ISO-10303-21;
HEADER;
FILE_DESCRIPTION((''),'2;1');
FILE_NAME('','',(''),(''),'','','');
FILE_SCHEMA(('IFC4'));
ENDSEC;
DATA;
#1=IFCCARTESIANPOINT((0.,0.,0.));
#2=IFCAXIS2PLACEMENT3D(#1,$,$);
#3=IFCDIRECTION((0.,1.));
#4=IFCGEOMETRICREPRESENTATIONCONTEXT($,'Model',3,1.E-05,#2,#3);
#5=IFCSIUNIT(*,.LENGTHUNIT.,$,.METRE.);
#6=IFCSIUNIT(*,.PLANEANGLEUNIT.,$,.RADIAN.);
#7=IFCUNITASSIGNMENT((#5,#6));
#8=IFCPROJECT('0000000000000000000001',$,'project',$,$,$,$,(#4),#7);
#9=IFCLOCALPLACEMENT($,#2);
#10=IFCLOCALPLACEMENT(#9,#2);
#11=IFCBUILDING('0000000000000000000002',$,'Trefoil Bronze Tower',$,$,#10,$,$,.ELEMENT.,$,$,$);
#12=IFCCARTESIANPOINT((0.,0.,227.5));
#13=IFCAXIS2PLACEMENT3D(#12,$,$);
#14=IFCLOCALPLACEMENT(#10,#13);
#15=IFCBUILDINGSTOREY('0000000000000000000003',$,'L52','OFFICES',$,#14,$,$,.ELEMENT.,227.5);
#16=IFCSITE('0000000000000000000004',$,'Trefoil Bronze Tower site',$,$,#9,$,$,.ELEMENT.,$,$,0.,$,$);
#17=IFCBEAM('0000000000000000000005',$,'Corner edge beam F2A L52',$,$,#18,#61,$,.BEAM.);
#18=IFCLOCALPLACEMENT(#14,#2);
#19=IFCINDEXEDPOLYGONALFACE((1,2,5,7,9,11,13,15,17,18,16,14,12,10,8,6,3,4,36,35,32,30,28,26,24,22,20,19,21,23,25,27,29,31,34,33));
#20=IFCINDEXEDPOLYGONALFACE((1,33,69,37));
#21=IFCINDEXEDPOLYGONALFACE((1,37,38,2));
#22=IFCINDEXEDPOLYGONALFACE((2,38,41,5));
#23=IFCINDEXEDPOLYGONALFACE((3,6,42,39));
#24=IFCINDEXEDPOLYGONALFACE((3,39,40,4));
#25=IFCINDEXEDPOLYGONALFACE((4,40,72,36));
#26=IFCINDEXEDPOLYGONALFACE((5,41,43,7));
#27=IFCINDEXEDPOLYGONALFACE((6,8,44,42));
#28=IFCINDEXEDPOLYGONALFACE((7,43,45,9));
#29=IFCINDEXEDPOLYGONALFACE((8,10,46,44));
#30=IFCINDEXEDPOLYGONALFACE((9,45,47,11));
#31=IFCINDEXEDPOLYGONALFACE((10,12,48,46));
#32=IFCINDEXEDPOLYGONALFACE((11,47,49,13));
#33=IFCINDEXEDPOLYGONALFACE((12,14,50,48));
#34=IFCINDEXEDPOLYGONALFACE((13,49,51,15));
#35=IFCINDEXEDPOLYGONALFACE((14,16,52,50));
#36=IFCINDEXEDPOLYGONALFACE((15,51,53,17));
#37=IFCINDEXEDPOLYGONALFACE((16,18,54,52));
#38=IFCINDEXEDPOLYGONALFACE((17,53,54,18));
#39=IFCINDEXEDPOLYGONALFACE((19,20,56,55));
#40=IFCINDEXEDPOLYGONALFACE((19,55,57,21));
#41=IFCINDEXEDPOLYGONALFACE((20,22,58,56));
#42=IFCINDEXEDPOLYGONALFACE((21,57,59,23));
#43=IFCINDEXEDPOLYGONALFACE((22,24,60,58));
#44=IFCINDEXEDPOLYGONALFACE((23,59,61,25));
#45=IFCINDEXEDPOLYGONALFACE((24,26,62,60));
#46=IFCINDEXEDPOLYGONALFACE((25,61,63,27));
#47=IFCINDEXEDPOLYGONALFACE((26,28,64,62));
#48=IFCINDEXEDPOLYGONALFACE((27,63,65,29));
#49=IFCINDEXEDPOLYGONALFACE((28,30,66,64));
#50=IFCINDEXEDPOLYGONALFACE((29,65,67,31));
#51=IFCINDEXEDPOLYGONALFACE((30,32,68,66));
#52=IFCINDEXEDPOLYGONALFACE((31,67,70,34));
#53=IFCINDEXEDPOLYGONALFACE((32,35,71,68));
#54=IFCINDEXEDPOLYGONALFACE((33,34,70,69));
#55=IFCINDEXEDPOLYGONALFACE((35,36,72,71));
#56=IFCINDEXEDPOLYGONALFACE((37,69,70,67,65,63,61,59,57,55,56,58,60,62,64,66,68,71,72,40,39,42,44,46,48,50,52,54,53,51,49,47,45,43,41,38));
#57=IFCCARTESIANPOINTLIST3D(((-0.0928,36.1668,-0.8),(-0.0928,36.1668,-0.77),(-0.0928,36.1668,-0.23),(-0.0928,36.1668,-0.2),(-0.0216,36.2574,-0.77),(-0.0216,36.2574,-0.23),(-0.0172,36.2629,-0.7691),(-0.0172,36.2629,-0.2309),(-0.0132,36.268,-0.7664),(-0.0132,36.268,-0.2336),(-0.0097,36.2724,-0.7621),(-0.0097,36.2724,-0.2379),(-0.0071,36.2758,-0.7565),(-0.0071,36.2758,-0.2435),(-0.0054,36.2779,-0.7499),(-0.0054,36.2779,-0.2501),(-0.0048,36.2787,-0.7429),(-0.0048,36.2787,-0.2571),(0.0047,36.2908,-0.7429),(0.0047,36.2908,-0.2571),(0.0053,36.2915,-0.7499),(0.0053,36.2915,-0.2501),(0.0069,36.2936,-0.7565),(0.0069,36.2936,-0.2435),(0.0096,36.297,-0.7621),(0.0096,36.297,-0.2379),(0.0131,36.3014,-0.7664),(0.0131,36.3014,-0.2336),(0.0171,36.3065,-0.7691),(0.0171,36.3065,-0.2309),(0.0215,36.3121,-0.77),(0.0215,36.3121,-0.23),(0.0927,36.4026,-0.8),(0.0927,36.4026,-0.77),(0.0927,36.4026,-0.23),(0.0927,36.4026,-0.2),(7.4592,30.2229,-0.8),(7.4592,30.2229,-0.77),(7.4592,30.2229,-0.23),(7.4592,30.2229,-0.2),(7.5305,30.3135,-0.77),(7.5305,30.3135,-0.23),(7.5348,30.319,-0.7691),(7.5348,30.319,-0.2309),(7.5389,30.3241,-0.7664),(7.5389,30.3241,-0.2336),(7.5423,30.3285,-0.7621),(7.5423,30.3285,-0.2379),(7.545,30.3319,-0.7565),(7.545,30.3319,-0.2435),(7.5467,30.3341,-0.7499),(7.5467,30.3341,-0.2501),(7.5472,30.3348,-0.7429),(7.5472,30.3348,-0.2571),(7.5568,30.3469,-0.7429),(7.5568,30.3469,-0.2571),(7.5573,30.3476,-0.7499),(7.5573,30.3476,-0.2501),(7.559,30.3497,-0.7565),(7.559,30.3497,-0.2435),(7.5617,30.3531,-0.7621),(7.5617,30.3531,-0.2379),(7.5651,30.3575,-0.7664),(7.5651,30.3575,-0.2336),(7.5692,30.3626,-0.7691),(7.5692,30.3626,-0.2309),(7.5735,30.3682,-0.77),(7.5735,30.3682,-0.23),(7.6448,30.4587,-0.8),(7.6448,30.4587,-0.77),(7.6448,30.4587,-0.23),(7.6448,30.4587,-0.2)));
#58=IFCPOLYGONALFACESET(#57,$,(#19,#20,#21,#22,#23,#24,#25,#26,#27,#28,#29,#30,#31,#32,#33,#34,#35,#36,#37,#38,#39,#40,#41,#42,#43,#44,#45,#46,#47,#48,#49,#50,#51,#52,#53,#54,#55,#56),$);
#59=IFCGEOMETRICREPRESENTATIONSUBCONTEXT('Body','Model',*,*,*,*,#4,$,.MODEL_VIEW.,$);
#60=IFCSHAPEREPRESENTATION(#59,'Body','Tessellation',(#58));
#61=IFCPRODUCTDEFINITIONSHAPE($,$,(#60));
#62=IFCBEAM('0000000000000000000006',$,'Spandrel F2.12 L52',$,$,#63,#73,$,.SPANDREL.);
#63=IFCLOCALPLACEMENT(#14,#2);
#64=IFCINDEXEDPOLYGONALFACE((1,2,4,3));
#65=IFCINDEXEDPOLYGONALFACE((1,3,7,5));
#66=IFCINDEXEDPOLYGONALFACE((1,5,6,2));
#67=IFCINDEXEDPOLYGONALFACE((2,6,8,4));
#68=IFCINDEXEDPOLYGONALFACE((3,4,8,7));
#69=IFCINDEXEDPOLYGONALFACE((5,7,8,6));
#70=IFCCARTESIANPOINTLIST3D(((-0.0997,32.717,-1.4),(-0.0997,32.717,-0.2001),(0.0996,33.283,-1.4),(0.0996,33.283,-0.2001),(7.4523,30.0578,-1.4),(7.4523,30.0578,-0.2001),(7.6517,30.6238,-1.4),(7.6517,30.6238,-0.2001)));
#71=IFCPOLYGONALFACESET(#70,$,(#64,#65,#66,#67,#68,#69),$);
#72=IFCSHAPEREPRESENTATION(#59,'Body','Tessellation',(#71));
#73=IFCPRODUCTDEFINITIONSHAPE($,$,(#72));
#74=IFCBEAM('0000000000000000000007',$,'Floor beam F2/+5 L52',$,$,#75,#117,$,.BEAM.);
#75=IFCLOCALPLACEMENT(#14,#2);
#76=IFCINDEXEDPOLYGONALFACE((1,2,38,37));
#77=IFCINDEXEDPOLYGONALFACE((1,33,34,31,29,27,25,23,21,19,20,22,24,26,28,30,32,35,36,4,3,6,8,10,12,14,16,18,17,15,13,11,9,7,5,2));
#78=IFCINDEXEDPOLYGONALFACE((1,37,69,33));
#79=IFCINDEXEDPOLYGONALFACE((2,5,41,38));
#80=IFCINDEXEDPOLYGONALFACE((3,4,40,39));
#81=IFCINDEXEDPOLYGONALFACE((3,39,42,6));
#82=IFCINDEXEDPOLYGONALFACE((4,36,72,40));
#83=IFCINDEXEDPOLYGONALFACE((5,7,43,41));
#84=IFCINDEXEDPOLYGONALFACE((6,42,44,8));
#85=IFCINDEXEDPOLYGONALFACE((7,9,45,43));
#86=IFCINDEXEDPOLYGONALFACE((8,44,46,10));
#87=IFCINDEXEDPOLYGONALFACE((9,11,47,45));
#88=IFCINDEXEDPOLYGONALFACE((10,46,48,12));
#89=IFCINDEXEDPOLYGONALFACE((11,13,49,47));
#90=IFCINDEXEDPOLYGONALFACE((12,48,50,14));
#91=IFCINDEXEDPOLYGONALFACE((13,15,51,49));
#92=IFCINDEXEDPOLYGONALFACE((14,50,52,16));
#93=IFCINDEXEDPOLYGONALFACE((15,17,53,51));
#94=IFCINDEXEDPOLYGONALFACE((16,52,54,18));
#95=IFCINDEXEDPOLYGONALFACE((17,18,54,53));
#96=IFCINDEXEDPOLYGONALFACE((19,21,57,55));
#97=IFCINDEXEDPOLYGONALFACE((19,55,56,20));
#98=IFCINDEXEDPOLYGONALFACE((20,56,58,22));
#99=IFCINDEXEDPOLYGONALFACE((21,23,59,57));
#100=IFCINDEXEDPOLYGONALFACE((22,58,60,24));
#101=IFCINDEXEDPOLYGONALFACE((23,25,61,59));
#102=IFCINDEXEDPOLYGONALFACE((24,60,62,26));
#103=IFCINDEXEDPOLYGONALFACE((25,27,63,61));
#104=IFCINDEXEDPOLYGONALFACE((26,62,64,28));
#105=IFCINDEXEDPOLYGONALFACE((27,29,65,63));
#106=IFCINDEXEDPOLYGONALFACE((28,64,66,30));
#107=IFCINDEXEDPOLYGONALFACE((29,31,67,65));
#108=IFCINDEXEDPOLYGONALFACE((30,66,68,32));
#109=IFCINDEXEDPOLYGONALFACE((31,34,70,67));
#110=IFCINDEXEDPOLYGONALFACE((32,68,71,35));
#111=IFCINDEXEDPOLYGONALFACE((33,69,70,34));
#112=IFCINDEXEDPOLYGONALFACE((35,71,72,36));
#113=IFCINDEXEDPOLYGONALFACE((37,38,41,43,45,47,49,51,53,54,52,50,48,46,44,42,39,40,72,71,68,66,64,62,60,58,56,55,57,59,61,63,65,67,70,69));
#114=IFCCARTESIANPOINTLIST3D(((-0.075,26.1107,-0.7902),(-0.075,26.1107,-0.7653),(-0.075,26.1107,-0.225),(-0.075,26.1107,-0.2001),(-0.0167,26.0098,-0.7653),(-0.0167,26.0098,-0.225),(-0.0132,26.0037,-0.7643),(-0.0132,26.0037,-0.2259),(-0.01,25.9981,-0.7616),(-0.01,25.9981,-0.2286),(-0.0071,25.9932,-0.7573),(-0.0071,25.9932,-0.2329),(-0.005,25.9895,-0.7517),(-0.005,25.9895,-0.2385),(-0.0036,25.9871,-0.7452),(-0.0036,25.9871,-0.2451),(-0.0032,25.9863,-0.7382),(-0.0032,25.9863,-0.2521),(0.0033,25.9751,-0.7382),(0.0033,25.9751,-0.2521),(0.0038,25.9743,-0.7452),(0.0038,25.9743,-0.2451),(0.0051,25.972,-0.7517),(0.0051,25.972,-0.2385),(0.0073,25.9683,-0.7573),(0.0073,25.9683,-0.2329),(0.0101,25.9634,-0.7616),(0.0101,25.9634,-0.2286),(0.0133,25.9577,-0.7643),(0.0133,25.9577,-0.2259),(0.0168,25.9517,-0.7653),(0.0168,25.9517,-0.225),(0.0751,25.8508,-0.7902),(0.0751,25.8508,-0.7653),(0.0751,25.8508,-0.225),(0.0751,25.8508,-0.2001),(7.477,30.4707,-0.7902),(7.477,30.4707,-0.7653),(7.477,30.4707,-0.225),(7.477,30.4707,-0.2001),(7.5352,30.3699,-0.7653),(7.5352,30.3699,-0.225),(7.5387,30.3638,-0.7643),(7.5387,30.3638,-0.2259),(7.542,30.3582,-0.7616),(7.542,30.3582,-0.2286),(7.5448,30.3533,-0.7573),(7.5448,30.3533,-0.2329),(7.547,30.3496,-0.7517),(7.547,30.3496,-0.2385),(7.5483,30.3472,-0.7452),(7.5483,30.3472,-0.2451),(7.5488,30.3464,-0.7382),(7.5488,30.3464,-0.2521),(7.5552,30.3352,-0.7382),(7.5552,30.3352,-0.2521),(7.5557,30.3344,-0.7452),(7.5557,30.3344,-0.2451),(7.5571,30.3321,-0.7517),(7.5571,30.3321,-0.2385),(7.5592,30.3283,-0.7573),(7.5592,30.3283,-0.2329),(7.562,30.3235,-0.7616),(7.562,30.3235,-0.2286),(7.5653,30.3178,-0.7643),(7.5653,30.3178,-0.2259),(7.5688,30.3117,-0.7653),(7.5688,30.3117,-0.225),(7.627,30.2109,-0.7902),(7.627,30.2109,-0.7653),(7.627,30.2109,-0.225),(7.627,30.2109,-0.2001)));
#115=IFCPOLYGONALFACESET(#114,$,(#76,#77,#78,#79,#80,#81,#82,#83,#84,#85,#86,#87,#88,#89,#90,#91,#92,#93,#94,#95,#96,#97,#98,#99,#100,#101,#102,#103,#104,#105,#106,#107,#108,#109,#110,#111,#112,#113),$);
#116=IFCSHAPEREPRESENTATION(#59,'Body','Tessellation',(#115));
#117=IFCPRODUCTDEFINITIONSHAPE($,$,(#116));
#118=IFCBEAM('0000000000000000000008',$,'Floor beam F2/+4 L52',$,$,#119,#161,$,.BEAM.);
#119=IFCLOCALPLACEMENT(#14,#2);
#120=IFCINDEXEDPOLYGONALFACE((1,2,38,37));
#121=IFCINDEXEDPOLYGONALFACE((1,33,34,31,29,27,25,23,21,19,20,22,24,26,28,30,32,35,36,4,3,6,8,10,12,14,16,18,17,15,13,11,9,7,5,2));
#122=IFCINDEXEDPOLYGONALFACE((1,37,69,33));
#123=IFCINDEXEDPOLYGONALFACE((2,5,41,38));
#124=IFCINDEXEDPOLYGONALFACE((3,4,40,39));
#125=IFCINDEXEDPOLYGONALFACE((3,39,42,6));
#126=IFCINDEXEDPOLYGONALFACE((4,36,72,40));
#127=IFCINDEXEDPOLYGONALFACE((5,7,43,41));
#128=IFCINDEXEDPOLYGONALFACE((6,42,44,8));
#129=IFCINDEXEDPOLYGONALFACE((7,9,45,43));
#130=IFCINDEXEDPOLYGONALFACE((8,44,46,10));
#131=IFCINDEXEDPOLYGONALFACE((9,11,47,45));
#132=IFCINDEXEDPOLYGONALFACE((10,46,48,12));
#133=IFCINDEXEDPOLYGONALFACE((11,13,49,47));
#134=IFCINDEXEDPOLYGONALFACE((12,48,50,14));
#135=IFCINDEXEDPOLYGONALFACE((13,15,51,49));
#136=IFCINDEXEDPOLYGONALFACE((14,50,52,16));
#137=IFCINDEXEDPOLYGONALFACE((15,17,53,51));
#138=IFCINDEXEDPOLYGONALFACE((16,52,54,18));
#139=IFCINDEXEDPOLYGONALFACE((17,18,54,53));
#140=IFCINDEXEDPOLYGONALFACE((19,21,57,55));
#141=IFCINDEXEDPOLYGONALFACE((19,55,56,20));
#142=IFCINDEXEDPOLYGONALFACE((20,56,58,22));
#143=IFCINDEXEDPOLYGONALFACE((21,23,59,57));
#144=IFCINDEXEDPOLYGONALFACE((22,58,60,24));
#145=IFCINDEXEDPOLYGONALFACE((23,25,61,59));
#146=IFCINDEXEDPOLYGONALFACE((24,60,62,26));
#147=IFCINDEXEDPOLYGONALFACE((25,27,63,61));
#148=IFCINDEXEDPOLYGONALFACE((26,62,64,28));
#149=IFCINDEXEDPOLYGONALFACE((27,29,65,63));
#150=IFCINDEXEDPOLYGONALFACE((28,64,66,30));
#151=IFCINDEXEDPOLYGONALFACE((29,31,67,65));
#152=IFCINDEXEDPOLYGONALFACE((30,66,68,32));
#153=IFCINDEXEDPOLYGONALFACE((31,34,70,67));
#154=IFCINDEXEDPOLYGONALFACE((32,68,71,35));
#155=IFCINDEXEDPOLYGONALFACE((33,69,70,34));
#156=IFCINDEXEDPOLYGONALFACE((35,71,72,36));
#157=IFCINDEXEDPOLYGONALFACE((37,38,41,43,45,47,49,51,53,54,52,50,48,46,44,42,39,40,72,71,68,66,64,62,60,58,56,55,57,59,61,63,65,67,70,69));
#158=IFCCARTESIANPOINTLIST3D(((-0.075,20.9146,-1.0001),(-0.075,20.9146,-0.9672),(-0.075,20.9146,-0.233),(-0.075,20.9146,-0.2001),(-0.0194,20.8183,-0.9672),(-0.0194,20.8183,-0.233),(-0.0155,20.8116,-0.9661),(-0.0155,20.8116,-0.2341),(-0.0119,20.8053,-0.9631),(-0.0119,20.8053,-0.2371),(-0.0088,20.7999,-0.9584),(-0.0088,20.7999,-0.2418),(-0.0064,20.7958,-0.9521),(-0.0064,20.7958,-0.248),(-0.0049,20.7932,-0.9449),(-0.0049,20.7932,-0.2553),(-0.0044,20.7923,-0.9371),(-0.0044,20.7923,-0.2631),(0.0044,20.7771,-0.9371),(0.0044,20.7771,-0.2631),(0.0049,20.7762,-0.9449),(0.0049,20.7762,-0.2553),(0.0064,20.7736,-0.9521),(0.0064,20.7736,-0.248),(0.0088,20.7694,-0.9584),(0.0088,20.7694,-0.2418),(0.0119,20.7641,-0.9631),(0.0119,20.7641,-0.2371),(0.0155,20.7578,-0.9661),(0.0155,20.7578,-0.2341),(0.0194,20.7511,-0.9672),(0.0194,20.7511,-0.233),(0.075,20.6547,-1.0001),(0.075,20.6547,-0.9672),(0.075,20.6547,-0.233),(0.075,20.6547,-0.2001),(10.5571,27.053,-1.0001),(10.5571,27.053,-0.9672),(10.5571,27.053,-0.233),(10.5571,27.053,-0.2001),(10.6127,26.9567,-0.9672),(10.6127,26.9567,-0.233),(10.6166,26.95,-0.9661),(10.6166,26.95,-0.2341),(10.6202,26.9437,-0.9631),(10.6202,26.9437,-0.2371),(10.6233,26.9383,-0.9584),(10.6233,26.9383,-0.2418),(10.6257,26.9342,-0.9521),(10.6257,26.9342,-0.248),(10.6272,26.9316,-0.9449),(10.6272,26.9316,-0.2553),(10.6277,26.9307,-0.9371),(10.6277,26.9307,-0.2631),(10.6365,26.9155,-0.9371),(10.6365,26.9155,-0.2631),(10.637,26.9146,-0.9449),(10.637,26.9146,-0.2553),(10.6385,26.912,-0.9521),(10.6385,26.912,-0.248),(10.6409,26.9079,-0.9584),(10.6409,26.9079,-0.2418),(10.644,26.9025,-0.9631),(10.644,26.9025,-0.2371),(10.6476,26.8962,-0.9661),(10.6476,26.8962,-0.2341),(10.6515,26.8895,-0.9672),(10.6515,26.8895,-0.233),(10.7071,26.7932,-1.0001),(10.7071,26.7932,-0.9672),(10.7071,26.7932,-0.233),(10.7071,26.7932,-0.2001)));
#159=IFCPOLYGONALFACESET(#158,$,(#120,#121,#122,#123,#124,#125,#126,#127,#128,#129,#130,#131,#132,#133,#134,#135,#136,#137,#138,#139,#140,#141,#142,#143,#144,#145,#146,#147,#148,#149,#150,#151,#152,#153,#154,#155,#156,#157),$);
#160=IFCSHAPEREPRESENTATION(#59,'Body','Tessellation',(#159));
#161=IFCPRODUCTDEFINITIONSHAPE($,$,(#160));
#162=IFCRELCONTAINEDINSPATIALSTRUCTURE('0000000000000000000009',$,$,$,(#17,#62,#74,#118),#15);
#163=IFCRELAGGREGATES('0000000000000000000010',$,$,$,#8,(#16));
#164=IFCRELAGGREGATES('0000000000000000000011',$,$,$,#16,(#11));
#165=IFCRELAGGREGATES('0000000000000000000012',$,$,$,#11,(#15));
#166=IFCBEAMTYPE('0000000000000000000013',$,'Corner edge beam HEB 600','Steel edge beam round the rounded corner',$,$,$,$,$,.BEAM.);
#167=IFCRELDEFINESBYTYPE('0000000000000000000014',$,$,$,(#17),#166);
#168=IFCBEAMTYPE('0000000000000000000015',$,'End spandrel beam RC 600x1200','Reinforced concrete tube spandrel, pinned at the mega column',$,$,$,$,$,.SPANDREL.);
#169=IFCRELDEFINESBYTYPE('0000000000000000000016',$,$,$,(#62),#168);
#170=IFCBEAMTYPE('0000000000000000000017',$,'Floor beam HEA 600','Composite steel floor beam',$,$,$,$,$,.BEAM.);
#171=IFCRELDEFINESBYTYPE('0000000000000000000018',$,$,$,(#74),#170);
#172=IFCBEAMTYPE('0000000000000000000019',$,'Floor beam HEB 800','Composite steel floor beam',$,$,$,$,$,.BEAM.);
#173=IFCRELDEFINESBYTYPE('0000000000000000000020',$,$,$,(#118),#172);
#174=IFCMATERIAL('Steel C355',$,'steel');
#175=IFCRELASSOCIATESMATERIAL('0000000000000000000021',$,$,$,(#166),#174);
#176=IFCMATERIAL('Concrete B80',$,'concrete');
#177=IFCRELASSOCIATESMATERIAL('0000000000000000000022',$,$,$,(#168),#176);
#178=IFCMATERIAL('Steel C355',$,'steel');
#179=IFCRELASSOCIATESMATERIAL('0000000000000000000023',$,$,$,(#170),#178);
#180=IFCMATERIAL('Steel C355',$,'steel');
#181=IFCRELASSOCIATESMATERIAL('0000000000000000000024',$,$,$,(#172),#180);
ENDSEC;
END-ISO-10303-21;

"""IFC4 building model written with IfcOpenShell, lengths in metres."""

from ifc_helpers import new_model, si_unit, direction, frame, origin, origin_2d, place, context, subcontext, project, spatial, rectangle, i_section, extrude, material, material_profile, profile_set, type_object, element, save


model = new_model("IFC4")

# Units and contexts
model_context = context("Model", 3, precision=1e-05, world=origin(), true_north=direction((0.0, 1.0)))
body_context = subcontext(model_context, "Body", "Model", "MODEL_VIEW")
ifc_project = project(units=[si_unit("LENGTHUNIT", "METRE"), si_unit("PLANEANGLEUNIT", "RADIAN")], contexts=[model_context])

# Site, building, storey
site_placement = place(None, origin())
site = spatial("IfcSite", under=ifc_project, at=site_placement, Name="Trefoil Bronze Tower site", CompositionType="ELEMENT", RefElevation=0.0)
building_placement = place(site_placement, origin())
building = spatial("IfcBuilding", under=site, at=building_placement, Name="Trefoil Bronze Tower", CompositionType="ELEMENT")
storey_placement = place(building_placement, frame((0.0, 0.0, 227.5)))
storey = spatial("IfcBuildingStorey", under=building, at=storey_placement, Name="L52", Description="OFFICES", CompositionType="ELEMENT", Elevation=227.5)

# Beams
ifc_material_1 = material(Name="Steel C355", Category="steel")
ifc_material_profile_1 = material_profile(ifc_material_1, i_section(OverallWidth=0.3, OverallDepth=0.6001, WebThickness=0.0154, FlangeThickness=0.03, FilletRadius=0.0271, at=origin_2d()), Name="HEB 600")
ifc_profile_set_1 = profile_set([ifc_material_profile_1], Name="Steel C355")
beam_type_1 = type_object("IfcBeamType", Name="Corner edge beam HEB 600", Description="Steel edge beam round the rounded corner", PredefinedType="BEAM", material=ifc_profile_set_1)
beam_1_placement = place(storey_placement, frame((7.552, 30.3408, -0.5), z_axis=(-0.785806, 0.618473, 0.0), x_axis=(-0.618473, -0.785806, 0.0)))
element("IfcBeam", 1, at=beam_1_placement, inside=storey, type_object=beam_type_1, Name="Corner edge beam F2A L52", PredefinedType="BEAM", context=body_context, shape_type="SweptSolid", body=[
    extrude(i_section(OverallWidth=0.3, OverallDepth=0.6001, WebThickness=0.0154, FlangeThickness=0.03, FilletRadius=0.0271, at=origin_2d()), origin(), (0.0, 0.0, 1.0), 9.6106),
])
ifc_material_2 = material(Name="Concrete B80", Category="concrete")
ifc_material_profile_2 = material_profile(ifc_material_2, rectangle(XDim=0.6001, YDim=1.2, at=origin_2d()), Name="RC 600x1200")
ifc_profile_set_2 = profile_set([ifc_material_profile_2], Name="Concrete B80")
beam_type_2 = type_object("IfcBeamType", Name="End spandrel beam RC 600x1200", Description="Reinforced concrete tube spandrel, pinned at the mega column", PredefinedType="SPANDREL", material=ifc_profile_set_2)
beam_2_placement = place(storey_placement, frame((7.552, 30.3408, -0.8), z_axis=(-0.943234, 0.332128, 0.0), x_axis=(-0.332128, -0.943234, 0.0)))
element("IfcBeam", 2, at=beam_2_placement, inside=storey, type_object=beam_type_2, Name="Spandrel F2.12 L52", PredefinedType="SPANDREL", context=body_context, shape_type="SweptSolid", body=[
    extrude(rectangle(XDim=0.6001, YDim=1.2, at=origin_2d()), origin(), (0.0, 0.0, 1.0), 8.0066),
])
ifc_material_3 = material(Name="Steel C355", Category="steel")
ifc_material_profile_3 = material_profile(ifc_material_3, i_section(OverallWidth=0.3, OverallDepth=0.5901, WebThickness=0.0129, FlangeThickness=0.0249, FilletRadius=0.0271, at=origin_2d()), Name="HEA 600")
ifc_profile_set_3 = profile_set([ifc_material_profile_3], Name="Steel C355")
beam_type_3 = type_object("IfcBeamType", Name="Floor beam HEA 600", Description="Composite steel floor beam", PredefinedType="BEAM", material=ifc_profile_set_3)
beam_3_placement = place(storey_placement, frame((7.552, 30.3408, -0.4951), z_axis=(-0.866028, -0.499996, 0.0), x_axis=(0.499996, -0.866028, 0.0)))
element("IfcBeam", 3, at=beam_3_placement, inside=storey, type_object=beam_type_3, Name="Floor beam F2/+5 L52", PredefinedType="BEAM", context=body_context, shape_type="SweptSolid", body=[
    extrude(i_section(OverallWidth=0.3, OverallDepth=0.5901, WebThickness=0.0129, FlangeThickness=0.0249, FilletRadius=0.0271, at=origin_2d()), origin(), (0.0, 0.0, 1.0), 8.7202),
])
ifc_material_4 = material(Name="Steel C355", Category="steel")
ifc_material_profile_4 = material_profile(ifc_material_4, i_section(OverallWidth=0.3, OverallDepth=0.8, WebThickness=0.0176, FlangeThickness=0.033, FilletRadius=0.03, at=origin_2d()), Name="HEB 800")
ifc_profile_set_4 = profile_set([ifc_material_profile_4], Name="Steel C355")
beam_type_4 = type_object("IfcBeamType", Name="Floor beam HEB 800", Description="Composite steel floor beam", PredefinedType="BEAM", material=ifc_profile_set_4)
beam_4_placement = place(storey_placement, frame((10.6321, 26.9231, -0.6001), z_axis=(-0.866026, -0.5, 0.0), x_axis=(0.5, -0.866026, 0.0)))
element("IfcBeam", 4, at=beam_4_placement, inside=storey, type_object=beam_type_4, Name="Floor beam F2/+4 L52", PredefinedType="BEAM", context=body_context, shape_type="SweptSolid", body=[
    extrude(i_section(OverallWidth=0.3, OverallDepth=0.8, WebThickness=0.0176, FlangeThickness=0.033, FilletRadius=0.03, at=origin_2d()), origin(), (0.0, 0.0, 1.0), 12.2769),
])

save(model, "model.ifc")
